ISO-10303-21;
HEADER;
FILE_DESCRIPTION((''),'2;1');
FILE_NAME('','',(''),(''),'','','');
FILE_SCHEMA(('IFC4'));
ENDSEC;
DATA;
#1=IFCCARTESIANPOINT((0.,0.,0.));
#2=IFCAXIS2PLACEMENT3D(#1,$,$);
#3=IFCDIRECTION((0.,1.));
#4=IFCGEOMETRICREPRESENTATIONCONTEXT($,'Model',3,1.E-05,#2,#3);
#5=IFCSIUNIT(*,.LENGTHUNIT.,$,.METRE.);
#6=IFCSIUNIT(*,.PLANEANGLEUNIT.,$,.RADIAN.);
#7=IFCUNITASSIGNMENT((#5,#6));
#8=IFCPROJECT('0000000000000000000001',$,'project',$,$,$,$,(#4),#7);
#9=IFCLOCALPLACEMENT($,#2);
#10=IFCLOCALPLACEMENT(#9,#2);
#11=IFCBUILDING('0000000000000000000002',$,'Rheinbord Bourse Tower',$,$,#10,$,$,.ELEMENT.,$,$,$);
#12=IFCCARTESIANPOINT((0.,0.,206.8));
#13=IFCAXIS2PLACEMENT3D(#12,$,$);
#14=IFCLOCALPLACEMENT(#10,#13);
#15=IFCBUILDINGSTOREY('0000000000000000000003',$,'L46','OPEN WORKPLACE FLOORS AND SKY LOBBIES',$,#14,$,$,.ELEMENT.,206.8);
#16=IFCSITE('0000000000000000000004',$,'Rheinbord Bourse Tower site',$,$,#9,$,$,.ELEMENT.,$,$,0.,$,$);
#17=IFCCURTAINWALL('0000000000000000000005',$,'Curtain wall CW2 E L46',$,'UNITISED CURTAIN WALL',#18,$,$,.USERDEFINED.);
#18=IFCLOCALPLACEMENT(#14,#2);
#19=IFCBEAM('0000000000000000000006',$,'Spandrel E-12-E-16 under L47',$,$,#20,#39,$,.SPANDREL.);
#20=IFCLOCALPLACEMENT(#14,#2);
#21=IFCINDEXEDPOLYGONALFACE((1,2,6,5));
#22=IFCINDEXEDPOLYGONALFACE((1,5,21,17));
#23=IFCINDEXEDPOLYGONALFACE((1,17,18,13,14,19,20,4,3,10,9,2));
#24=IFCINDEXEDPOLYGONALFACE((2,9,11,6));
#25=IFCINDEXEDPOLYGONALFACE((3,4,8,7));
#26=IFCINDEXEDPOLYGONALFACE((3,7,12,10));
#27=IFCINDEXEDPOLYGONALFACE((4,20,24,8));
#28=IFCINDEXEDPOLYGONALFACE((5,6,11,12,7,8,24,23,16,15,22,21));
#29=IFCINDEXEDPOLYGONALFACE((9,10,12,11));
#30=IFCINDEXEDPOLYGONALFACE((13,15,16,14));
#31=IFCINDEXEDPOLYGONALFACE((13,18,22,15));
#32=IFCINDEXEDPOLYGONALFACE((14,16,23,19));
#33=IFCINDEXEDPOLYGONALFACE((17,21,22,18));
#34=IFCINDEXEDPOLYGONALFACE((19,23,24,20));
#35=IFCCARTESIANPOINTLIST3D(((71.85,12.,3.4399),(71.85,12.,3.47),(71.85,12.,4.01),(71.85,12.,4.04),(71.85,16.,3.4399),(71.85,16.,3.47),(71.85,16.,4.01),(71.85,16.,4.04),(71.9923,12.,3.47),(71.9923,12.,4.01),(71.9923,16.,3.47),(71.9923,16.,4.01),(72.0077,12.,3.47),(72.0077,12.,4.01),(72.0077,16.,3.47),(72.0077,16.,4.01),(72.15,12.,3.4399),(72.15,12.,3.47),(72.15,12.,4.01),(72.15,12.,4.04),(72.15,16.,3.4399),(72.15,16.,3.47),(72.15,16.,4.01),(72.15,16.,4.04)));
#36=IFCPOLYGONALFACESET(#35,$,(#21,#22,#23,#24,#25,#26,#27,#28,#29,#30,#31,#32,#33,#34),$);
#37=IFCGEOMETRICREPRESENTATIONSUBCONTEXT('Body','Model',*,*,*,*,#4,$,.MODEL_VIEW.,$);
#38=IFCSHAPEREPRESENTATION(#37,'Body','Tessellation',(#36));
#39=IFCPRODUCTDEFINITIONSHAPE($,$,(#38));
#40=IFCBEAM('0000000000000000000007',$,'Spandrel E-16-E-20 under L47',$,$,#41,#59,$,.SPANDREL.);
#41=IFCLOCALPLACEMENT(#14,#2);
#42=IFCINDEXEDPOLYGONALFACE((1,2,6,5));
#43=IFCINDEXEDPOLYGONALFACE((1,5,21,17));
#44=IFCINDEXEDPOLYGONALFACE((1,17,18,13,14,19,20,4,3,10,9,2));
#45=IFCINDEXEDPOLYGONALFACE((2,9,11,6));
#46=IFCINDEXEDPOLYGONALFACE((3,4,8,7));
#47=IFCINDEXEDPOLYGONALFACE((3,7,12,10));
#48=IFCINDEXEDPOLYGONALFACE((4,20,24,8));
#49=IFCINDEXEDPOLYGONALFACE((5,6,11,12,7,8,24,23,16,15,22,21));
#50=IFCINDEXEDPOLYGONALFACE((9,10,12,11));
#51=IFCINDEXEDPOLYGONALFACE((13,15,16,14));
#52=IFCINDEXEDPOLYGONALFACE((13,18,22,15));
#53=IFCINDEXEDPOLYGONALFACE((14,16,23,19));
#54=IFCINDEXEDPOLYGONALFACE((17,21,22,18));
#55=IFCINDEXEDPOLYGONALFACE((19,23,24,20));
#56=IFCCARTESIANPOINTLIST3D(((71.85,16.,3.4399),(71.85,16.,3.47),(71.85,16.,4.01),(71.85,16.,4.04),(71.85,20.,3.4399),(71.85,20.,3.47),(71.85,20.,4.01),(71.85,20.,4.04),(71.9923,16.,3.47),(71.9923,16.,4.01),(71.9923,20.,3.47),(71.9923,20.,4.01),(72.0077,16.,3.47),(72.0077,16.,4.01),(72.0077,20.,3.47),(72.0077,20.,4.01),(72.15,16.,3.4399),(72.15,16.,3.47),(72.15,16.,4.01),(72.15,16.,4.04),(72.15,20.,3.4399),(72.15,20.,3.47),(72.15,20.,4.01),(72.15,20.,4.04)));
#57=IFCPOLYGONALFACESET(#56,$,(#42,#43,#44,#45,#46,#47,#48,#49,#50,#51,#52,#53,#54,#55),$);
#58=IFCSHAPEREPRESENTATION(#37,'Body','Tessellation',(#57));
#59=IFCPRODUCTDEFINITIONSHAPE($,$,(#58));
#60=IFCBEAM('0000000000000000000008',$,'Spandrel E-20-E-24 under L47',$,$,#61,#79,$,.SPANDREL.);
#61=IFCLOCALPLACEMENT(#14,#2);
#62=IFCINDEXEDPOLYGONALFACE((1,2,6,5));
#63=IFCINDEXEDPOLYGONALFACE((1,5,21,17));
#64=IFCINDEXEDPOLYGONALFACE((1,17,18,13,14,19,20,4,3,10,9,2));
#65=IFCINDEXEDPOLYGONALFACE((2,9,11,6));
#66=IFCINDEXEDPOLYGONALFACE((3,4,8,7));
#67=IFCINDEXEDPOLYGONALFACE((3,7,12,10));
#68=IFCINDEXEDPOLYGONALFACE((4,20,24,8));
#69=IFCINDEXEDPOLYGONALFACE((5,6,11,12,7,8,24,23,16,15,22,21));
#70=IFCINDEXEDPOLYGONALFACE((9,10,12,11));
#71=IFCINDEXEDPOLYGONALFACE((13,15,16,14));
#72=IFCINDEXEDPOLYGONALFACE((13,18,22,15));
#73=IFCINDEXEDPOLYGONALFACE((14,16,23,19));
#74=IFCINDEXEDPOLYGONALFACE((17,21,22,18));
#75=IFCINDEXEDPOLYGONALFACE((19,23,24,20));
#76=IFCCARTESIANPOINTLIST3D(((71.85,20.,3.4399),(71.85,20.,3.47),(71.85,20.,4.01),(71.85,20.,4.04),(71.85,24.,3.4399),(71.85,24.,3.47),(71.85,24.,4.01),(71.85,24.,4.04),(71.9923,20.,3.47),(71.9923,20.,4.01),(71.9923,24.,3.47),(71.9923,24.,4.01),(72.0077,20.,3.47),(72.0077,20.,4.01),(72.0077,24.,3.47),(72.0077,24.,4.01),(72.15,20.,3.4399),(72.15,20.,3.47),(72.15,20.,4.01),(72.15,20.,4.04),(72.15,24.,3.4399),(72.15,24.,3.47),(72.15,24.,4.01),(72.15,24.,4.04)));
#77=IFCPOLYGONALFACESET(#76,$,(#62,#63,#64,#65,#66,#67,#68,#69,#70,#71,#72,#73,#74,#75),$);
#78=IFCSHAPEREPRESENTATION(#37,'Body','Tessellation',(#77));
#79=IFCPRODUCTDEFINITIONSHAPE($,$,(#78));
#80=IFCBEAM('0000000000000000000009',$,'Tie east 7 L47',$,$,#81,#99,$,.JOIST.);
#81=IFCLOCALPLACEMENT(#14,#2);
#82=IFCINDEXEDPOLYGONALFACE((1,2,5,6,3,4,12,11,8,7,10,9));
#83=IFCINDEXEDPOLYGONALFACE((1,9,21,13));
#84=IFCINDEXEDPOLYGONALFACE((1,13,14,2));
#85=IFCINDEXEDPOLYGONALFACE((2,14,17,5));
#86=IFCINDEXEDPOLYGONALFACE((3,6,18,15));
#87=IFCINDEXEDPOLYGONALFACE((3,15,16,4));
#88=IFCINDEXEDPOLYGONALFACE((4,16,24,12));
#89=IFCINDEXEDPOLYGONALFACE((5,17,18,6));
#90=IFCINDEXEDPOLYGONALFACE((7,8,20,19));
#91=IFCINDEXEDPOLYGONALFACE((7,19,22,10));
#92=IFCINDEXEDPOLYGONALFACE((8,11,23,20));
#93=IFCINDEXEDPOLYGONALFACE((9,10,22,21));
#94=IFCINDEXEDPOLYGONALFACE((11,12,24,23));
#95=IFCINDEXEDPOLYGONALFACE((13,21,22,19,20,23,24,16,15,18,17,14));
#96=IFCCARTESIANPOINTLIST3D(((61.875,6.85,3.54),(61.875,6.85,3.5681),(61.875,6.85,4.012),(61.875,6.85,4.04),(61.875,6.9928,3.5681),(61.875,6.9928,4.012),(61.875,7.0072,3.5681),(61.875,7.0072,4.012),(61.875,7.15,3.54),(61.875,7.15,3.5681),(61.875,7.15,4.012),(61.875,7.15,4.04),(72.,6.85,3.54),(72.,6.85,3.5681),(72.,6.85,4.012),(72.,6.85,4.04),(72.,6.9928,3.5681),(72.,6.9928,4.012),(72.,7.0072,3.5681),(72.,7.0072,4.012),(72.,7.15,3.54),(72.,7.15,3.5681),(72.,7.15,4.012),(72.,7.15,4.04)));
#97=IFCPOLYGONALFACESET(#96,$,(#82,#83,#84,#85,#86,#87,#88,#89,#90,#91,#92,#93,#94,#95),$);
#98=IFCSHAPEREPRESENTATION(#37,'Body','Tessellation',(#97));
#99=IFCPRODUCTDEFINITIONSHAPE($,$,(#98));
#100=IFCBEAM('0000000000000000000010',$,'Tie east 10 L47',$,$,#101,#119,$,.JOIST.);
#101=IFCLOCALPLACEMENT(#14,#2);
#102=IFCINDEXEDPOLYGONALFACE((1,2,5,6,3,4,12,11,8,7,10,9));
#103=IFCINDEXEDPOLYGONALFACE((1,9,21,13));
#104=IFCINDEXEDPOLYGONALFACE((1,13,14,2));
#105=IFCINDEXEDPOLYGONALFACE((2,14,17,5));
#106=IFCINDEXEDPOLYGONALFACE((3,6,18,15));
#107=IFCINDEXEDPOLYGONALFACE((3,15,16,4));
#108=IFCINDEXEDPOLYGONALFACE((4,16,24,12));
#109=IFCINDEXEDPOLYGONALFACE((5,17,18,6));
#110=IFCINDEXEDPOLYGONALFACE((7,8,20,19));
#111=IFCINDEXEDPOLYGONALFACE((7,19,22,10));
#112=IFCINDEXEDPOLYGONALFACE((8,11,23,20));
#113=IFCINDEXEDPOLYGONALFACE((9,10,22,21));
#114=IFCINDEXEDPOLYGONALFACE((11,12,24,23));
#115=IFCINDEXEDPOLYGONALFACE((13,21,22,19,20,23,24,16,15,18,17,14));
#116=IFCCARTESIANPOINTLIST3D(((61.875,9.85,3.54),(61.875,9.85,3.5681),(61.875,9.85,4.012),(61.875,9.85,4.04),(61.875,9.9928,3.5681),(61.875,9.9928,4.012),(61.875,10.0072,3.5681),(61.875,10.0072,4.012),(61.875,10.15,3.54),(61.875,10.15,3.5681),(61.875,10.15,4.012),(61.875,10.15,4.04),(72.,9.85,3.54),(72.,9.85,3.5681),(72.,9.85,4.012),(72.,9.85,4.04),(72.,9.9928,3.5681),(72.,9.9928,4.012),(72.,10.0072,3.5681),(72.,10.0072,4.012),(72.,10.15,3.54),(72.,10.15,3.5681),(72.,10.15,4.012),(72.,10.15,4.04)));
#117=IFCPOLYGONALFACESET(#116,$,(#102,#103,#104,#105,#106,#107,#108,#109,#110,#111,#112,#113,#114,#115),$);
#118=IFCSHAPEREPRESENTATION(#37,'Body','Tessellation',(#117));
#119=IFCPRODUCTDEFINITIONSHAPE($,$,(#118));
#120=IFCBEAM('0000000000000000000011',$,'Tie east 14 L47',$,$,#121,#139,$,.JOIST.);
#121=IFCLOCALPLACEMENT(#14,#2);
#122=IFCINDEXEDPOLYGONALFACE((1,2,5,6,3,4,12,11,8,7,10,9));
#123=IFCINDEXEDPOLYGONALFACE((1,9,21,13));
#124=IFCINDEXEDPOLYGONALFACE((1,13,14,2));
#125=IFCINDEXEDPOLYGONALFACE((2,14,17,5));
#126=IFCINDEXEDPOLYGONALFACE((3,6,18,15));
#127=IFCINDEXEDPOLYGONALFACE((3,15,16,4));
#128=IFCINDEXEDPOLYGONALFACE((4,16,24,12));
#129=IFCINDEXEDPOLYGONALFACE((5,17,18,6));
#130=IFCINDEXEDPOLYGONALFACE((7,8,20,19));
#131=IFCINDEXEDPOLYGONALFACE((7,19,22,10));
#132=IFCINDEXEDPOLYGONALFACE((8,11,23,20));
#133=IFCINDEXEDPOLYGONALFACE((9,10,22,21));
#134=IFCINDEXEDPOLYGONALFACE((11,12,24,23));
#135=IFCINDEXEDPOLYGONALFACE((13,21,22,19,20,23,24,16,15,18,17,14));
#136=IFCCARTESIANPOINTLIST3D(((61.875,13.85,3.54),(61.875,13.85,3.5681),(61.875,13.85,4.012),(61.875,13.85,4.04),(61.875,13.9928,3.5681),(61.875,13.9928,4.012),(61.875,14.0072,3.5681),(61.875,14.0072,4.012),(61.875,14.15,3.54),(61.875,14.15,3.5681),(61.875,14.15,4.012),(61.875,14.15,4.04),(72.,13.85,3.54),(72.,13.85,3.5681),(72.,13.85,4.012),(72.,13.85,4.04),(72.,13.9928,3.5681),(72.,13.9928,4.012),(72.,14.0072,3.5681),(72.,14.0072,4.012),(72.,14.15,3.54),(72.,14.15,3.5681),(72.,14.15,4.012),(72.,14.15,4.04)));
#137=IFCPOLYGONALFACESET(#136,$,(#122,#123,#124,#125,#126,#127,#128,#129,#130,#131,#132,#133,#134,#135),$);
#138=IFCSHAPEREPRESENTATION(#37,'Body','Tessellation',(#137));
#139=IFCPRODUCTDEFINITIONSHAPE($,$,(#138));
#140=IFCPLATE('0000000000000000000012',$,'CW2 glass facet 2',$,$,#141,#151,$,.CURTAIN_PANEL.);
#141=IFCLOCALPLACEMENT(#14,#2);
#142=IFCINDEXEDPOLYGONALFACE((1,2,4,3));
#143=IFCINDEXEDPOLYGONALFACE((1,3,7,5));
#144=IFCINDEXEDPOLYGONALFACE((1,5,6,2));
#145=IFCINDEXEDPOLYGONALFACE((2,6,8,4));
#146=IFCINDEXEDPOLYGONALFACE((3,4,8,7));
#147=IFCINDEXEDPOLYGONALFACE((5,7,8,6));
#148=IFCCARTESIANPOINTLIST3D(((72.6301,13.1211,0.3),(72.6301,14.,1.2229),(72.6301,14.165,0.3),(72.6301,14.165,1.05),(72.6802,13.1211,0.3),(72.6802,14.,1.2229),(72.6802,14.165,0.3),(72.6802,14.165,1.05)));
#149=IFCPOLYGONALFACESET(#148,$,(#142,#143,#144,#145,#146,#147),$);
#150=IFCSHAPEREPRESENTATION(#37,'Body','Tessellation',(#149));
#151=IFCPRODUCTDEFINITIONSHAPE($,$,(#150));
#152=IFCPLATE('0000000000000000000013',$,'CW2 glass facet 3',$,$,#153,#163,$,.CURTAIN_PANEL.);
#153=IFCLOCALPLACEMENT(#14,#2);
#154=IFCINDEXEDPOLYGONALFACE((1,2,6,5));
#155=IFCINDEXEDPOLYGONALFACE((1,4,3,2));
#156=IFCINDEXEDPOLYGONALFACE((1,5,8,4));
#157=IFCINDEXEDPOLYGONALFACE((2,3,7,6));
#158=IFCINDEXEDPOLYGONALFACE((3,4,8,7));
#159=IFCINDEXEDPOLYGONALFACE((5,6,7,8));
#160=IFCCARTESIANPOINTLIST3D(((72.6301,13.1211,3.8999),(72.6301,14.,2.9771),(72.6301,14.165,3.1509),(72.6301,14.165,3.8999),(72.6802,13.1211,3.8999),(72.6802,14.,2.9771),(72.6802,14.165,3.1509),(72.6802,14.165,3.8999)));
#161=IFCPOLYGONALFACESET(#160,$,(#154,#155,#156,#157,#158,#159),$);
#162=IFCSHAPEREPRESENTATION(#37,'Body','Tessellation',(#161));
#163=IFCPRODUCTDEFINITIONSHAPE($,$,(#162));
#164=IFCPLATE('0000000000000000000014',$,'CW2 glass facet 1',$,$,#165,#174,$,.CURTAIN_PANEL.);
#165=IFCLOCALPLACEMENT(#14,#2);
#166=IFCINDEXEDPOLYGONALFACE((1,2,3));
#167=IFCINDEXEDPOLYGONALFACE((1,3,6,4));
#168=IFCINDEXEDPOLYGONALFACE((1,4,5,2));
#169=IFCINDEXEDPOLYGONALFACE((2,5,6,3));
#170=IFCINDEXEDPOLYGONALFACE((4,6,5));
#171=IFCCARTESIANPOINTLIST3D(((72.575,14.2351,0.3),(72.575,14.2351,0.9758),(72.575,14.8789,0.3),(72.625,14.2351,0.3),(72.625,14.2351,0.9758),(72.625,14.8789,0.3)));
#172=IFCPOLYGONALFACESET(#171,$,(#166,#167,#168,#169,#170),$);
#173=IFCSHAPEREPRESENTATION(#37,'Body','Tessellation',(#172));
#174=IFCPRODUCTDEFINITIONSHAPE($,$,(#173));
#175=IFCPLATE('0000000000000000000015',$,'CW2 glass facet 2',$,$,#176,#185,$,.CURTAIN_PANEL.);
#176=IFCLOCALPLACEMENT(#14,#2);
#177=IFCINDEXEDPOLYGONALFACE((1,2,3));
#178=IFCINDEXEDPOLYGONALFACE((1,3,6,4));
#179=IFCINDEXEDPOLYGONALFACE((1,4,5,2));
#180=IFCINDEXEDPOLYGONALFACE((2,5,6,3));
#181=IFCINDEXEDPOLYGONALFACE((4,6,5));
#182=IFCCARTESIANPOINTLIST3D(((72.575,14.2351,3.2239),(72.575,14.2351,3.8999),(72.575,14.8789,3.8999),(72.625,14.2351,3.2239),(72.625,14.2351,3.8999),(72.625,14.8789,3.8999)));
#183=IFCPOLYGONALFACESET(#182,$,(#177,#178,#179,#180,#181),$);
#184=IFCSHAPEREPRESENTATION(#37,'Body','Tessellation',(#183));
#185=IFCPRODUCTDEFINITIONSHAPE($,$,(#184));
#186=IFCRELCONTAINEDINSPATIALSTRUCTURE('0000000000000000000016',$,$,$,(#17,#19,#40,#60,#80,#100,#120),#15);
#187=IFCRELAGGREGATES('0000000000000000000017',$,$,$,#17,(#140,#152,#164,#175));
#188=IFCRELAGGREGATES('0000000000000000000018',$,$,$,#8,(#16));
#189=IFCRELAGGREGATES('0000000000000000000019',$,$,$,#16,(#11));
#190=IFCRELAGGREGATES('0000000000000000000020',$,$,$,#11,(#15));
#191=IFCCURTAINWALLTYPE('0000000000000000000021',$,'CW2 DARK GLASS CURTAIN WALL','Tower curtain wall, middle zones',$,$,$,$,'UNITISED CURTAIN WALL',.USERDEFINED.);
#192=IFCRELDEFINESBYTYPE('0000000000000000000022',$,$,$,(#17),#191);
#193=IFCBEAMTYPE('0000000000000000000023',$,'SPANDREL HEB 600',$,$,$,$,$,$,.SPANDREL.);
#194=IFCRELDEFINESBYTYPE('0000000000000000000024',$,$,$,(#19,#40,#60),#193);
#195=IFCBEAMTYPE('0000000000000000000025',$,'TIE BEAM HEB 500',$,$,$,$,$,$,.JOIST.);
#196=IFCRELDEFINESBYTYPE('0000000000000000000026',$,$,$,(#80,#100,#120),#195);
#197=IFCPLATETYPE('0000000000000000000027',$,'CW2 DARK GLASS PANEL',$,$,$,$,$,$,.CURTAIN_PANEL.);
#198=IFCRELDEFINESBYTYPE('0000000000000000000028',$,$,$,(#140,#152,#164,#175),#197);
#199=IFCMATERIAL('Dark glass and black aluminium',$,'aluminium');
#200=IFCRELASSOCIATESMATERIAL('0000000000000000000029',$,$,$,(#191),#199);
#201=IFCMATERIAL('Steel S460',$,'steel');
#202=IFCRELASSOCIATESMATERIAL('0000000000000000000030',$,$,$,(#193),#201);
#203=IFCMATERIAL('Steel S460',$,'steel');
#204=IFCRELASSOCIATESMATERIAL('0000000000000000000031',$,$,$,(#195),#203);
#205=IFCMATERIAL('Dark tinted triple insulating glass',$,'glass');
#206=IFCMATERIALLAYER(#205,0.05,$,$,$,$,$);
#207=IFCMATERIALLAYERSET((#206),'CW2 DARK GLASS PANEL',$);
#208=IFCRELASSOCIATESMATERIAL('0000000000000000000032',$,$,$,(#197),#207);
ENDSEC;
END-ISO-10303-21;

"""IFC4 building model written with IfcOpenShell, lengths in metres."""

from ifc_helpers import new_model, si_unit, direction, frame, origin, origin_2d, place, context, subcontext, project, spatial, polyline, i_section, outline, extrude, material, layer, layer_set, material_profile, profile_set, type_object, element, aggregate, save


model = new_model("IFC4")

# Units and contexts
model_context = context("Model", 3, precision=1e-05, world=origin(), true_north=direction((0.0, 1.0)))
body_context = subcontext(model_context, "Body", "Model", "MODEL_VIEW")
ifc_project = project(units=[si_unit("LENGTHUNIT", "METRE"), si_unit("PLANEANGLEUNIT", "RADIAN")], contexts=[model_context])

# Site, building, storey
site_placement = place(None, origin())
site = spatial("IfcSite", under=ifc_project, at=site_placement, Name="Rheinbord Bourse Tower site", CompositionType="ELEMENT", RefElevation=0.0)
building_placement = place(site_placement, origin())
building = spatial("IfcBuilding", under=site, at=building_placement, Name="Rheinbord Bourse Tower", CompositionType="ELEMENT")
storey_placement = place(building_placement, frame((0.0, 0.0, 206.8)))
storey = spatial("IfcBuildingStorey", under=building, at=storey_placement, Name="L46", Description="OPEN WORKPLACE FLOORS AND SKY LOBBIES", CompositionType="ELEMENT", Elevation=206.8)

# Curtain wall
ifc_material_1 = material(Name="Dark glass and black aluminium", Category="aluminium")
curtain_wall_type = type_object("IfcCurtainWallType", Name="CW2 DARK GLASS CURTAIN WALL", Description="Tower curtain wall, middle zones", ElementType="UNITISED CURTAIN WALL", PredefinedType="USERDEFINED", material=ifc_material_1)
curtain_wall_placement = place(storey_placement, origin())
curtain_wall = element("IfcCurtainWall", 1, at=curtain_wall_placement, inside=storey, type_object=curtain_wall_type, Name="Curtain wall CW2 E L46", ObjectType="UNITISED CURTAIN WALL", PredefinedType="USERDEFINED")

# Beams
ifc_material_2 = material(Name="Steel S460", Category="steel")
ifc_material_profile_1 = material_profile(ifc_material_2, i_section(OverallWidth=0.3, OverallDepth=0.6001, WebThickness=0.0154, FlangeThickness=0.03, at=origin_2d()), Name="HEB 600")
ifc_profile_set_1 = profile_set([ifc_material_profile_1], Name="Steel S460")
beam_type_1 = type_object("IfcBeamType", Name="SPANDREL HEB 600", PredefinedType="SPANDREL", material=ifc_profile_set_1)
for number, where, z_axis, x_axis, name in (
    (2, (72.0, 12.0, 3.74), (0.0, 1.0, 0.0), (-1.0, 0.0, 0.0), "Spandrel E-12-E-16 under L47"),
    (3, (72.0, 16.0, 3.74), (0.0, 1.0, 0.0), (-1.0, 0.0, 0.0), "Spandrel E-16-E-20 under L47"),
    (4, (72.0, 20.0, 3.74), (0.0, 1.0, 0.0), (-1.0, 0.0, 0.0), "Spandrel E-20-E-24 under L47"),
):
    element("IfcBeam", number, at=place(storey_placement, frame(where, z_axis=z_axis, x_axis=x_axis)), inside=storey, type_object=beam_type_1, Name=name, PredefinedType="SPANDREL", context=body_context, shape_type="SweptSolid", body=[
        extrude(i_section(OverallWidth=0.3, OverallDepth=0.6001, WebThickness=0.0154, FlangeThickness=0.03, at=origin_2d()), origin(), (0.0, 0.0, 1.0), 4.0),
    ])
ifc_material_3 = material(Name="Steel S460", Category="steel")
ifc_material_profile_2 = material_profile(ifc_material_3, i_section(OverallWidth=0.3, OverallDepth=0.5, WebThickness=0.0144, FlangeThickness=0.0281, at=origin_2d()), Name="HEB 500")
ifc_profile_set_2 = profile_set([ifc_material_profile_2], Name="Steel S460")
beam_type_2 = type_object("IfcBeamType", Name="TIE BEAM HEB 500", PredefinedType="JOIST", material=ifc_profile_set_2)
for number, where, z_axis, x_axis, name in (
    (5, (61.875, 7.0, 3.79), (1.0, 0.0, 0.0), (0.0, 1.0, 0.0), "Tie east 7 L47"),
    (6, (61.875, 10.0, 3.79), (1.0, 0.0, 0.0), (0.0, 1.0, 0.0), "Tie east 10 L47"),
    (7, (61.875, 14.0, 3.79), (1.0, 0.0, 0.0), (0.0, 1.0, 0.0), "Tie east 14 L47"),
):
    element("IfcBeam", number, at=place(storey_placement, frame(where, z_axis=z_axis, x_axis=x_axis)), inside=storey, type_object=beam_type_2, Name=name, PredefinedType="JOIST", context=body_context, shape_type="SweptSolid", body=[
        extrude(i_section(OverallWidth=0.3, OverallDepth=0.5, WebThickness=0.0144, FlangeThickness=0.0281, at=origin_2d()), origin(), (0.0, 0.0, 1.0), 10.125),
    ])

# Plates
ifc_material_4 = material(Name="Dark tinted triple insulating glass", Category="glass")
ifc_layer_1 = layer(ifc_material_4, 0.05)
ifc_layer_set_1 = layer_set([ifc_layer_1], Name="CW2 DARK GLASS PANEL")
plate_type = type_object("IfcPlateType", Name="CW2 DARK GLASS PANEL", PredefinedType="CURTAIN_PANEL", material=ifc_layer_set_1)
plate_1_placement = place(storey_placement, frame((72.6802, 14.165, 0.3), z_axis=(-1.0, 0.0, 0.0), x_axis=(0.0, -1.0, 0.0)))
plate_1 = element("IfcPlate", 8, at=plate_1_placement, type_object=plate_type, Name="CW2 glass facet 2", PredefinedType="CURTAIN_PANEL", context=body_context, shape_type="SweptSolid", body=[
    extrude(outline(polyline([(0.0, 0.0), (1.0439, 0.0), (0.165, 0.9229), (0.0, 0.75), (0.0, 0.0)])), origin(), (0.0, 0.0, 1.0), 0.05),
])
plate_2_placement = place(storey_placement, frame((72.6802, 14.165, 3.8999), z_axis=(-1.0, 0.0, 0.0), x_axis=(0.0, 0.0, -1.0)))
plate_2 = element("IfcPlate", 9, at=plate_2_placement, type_object=plate_type, Name="CW2 glass facet 3", PredefinedType="CURTAIN_PANEL", context=body_context, shape_type="SweptSolid", body=[
    extrude(outline(polyline([(0.0, 0.0), (0.749, 0.0), (0.9229, 0.165), (0.0, 1.0439), (0.0, 0.0)])), origin(), (0.0, 0.0, 1.0), 0.05),
])
plate_3_placement = place(storey_placement, frame((72.625, 14.2351, 0.3), z_axis=(-1.0, 0.0, 0.0), x_axis=(0.0, 0.0, 1.0)))
plate_3 = element("IfcPlate", 10, at=plate_3_placement, type_object=plate_type, Name="CW2 glass facet 1", PredefinedType="CURTAIN_PANEL", context=body_context, shape_type="SweptSolid", body=[
    extrude(outline(polyline([(0.0, 0.0), (0.6758, 0.0), (0.0, 0.6438), (0.0, 0.0)])), origin(), (0.0, 0.0, 1.0), 0.05),
])
plate_4_placement = place(storey_placement, frame((72.625, 14.2351, 3.8999), z_axis=(-1.0, 0.0, 0.0), x_axis=(0.0, 1.0, 0.0)))
plate_4 = element("IfcPlate", 11, at=plate_4_placement, type_object=plate_type, Name="CW2 glass facet 2", PredefinedType="CURTAIN_PANEL", context=body_context, shape_type="SweptSolid", body=[
    extrude(outline(polyline([(0.0, 0.0), (0.6438, 0.0), (0.0, 0.676), (0.0, 0.0)])), origin(), (0.0, 0.0, 1.0), 0.05),
])
aggregate(curtain_wall, [plate_1, plate_2, plate_3, plate_4])

save(model, "model.ifc")
